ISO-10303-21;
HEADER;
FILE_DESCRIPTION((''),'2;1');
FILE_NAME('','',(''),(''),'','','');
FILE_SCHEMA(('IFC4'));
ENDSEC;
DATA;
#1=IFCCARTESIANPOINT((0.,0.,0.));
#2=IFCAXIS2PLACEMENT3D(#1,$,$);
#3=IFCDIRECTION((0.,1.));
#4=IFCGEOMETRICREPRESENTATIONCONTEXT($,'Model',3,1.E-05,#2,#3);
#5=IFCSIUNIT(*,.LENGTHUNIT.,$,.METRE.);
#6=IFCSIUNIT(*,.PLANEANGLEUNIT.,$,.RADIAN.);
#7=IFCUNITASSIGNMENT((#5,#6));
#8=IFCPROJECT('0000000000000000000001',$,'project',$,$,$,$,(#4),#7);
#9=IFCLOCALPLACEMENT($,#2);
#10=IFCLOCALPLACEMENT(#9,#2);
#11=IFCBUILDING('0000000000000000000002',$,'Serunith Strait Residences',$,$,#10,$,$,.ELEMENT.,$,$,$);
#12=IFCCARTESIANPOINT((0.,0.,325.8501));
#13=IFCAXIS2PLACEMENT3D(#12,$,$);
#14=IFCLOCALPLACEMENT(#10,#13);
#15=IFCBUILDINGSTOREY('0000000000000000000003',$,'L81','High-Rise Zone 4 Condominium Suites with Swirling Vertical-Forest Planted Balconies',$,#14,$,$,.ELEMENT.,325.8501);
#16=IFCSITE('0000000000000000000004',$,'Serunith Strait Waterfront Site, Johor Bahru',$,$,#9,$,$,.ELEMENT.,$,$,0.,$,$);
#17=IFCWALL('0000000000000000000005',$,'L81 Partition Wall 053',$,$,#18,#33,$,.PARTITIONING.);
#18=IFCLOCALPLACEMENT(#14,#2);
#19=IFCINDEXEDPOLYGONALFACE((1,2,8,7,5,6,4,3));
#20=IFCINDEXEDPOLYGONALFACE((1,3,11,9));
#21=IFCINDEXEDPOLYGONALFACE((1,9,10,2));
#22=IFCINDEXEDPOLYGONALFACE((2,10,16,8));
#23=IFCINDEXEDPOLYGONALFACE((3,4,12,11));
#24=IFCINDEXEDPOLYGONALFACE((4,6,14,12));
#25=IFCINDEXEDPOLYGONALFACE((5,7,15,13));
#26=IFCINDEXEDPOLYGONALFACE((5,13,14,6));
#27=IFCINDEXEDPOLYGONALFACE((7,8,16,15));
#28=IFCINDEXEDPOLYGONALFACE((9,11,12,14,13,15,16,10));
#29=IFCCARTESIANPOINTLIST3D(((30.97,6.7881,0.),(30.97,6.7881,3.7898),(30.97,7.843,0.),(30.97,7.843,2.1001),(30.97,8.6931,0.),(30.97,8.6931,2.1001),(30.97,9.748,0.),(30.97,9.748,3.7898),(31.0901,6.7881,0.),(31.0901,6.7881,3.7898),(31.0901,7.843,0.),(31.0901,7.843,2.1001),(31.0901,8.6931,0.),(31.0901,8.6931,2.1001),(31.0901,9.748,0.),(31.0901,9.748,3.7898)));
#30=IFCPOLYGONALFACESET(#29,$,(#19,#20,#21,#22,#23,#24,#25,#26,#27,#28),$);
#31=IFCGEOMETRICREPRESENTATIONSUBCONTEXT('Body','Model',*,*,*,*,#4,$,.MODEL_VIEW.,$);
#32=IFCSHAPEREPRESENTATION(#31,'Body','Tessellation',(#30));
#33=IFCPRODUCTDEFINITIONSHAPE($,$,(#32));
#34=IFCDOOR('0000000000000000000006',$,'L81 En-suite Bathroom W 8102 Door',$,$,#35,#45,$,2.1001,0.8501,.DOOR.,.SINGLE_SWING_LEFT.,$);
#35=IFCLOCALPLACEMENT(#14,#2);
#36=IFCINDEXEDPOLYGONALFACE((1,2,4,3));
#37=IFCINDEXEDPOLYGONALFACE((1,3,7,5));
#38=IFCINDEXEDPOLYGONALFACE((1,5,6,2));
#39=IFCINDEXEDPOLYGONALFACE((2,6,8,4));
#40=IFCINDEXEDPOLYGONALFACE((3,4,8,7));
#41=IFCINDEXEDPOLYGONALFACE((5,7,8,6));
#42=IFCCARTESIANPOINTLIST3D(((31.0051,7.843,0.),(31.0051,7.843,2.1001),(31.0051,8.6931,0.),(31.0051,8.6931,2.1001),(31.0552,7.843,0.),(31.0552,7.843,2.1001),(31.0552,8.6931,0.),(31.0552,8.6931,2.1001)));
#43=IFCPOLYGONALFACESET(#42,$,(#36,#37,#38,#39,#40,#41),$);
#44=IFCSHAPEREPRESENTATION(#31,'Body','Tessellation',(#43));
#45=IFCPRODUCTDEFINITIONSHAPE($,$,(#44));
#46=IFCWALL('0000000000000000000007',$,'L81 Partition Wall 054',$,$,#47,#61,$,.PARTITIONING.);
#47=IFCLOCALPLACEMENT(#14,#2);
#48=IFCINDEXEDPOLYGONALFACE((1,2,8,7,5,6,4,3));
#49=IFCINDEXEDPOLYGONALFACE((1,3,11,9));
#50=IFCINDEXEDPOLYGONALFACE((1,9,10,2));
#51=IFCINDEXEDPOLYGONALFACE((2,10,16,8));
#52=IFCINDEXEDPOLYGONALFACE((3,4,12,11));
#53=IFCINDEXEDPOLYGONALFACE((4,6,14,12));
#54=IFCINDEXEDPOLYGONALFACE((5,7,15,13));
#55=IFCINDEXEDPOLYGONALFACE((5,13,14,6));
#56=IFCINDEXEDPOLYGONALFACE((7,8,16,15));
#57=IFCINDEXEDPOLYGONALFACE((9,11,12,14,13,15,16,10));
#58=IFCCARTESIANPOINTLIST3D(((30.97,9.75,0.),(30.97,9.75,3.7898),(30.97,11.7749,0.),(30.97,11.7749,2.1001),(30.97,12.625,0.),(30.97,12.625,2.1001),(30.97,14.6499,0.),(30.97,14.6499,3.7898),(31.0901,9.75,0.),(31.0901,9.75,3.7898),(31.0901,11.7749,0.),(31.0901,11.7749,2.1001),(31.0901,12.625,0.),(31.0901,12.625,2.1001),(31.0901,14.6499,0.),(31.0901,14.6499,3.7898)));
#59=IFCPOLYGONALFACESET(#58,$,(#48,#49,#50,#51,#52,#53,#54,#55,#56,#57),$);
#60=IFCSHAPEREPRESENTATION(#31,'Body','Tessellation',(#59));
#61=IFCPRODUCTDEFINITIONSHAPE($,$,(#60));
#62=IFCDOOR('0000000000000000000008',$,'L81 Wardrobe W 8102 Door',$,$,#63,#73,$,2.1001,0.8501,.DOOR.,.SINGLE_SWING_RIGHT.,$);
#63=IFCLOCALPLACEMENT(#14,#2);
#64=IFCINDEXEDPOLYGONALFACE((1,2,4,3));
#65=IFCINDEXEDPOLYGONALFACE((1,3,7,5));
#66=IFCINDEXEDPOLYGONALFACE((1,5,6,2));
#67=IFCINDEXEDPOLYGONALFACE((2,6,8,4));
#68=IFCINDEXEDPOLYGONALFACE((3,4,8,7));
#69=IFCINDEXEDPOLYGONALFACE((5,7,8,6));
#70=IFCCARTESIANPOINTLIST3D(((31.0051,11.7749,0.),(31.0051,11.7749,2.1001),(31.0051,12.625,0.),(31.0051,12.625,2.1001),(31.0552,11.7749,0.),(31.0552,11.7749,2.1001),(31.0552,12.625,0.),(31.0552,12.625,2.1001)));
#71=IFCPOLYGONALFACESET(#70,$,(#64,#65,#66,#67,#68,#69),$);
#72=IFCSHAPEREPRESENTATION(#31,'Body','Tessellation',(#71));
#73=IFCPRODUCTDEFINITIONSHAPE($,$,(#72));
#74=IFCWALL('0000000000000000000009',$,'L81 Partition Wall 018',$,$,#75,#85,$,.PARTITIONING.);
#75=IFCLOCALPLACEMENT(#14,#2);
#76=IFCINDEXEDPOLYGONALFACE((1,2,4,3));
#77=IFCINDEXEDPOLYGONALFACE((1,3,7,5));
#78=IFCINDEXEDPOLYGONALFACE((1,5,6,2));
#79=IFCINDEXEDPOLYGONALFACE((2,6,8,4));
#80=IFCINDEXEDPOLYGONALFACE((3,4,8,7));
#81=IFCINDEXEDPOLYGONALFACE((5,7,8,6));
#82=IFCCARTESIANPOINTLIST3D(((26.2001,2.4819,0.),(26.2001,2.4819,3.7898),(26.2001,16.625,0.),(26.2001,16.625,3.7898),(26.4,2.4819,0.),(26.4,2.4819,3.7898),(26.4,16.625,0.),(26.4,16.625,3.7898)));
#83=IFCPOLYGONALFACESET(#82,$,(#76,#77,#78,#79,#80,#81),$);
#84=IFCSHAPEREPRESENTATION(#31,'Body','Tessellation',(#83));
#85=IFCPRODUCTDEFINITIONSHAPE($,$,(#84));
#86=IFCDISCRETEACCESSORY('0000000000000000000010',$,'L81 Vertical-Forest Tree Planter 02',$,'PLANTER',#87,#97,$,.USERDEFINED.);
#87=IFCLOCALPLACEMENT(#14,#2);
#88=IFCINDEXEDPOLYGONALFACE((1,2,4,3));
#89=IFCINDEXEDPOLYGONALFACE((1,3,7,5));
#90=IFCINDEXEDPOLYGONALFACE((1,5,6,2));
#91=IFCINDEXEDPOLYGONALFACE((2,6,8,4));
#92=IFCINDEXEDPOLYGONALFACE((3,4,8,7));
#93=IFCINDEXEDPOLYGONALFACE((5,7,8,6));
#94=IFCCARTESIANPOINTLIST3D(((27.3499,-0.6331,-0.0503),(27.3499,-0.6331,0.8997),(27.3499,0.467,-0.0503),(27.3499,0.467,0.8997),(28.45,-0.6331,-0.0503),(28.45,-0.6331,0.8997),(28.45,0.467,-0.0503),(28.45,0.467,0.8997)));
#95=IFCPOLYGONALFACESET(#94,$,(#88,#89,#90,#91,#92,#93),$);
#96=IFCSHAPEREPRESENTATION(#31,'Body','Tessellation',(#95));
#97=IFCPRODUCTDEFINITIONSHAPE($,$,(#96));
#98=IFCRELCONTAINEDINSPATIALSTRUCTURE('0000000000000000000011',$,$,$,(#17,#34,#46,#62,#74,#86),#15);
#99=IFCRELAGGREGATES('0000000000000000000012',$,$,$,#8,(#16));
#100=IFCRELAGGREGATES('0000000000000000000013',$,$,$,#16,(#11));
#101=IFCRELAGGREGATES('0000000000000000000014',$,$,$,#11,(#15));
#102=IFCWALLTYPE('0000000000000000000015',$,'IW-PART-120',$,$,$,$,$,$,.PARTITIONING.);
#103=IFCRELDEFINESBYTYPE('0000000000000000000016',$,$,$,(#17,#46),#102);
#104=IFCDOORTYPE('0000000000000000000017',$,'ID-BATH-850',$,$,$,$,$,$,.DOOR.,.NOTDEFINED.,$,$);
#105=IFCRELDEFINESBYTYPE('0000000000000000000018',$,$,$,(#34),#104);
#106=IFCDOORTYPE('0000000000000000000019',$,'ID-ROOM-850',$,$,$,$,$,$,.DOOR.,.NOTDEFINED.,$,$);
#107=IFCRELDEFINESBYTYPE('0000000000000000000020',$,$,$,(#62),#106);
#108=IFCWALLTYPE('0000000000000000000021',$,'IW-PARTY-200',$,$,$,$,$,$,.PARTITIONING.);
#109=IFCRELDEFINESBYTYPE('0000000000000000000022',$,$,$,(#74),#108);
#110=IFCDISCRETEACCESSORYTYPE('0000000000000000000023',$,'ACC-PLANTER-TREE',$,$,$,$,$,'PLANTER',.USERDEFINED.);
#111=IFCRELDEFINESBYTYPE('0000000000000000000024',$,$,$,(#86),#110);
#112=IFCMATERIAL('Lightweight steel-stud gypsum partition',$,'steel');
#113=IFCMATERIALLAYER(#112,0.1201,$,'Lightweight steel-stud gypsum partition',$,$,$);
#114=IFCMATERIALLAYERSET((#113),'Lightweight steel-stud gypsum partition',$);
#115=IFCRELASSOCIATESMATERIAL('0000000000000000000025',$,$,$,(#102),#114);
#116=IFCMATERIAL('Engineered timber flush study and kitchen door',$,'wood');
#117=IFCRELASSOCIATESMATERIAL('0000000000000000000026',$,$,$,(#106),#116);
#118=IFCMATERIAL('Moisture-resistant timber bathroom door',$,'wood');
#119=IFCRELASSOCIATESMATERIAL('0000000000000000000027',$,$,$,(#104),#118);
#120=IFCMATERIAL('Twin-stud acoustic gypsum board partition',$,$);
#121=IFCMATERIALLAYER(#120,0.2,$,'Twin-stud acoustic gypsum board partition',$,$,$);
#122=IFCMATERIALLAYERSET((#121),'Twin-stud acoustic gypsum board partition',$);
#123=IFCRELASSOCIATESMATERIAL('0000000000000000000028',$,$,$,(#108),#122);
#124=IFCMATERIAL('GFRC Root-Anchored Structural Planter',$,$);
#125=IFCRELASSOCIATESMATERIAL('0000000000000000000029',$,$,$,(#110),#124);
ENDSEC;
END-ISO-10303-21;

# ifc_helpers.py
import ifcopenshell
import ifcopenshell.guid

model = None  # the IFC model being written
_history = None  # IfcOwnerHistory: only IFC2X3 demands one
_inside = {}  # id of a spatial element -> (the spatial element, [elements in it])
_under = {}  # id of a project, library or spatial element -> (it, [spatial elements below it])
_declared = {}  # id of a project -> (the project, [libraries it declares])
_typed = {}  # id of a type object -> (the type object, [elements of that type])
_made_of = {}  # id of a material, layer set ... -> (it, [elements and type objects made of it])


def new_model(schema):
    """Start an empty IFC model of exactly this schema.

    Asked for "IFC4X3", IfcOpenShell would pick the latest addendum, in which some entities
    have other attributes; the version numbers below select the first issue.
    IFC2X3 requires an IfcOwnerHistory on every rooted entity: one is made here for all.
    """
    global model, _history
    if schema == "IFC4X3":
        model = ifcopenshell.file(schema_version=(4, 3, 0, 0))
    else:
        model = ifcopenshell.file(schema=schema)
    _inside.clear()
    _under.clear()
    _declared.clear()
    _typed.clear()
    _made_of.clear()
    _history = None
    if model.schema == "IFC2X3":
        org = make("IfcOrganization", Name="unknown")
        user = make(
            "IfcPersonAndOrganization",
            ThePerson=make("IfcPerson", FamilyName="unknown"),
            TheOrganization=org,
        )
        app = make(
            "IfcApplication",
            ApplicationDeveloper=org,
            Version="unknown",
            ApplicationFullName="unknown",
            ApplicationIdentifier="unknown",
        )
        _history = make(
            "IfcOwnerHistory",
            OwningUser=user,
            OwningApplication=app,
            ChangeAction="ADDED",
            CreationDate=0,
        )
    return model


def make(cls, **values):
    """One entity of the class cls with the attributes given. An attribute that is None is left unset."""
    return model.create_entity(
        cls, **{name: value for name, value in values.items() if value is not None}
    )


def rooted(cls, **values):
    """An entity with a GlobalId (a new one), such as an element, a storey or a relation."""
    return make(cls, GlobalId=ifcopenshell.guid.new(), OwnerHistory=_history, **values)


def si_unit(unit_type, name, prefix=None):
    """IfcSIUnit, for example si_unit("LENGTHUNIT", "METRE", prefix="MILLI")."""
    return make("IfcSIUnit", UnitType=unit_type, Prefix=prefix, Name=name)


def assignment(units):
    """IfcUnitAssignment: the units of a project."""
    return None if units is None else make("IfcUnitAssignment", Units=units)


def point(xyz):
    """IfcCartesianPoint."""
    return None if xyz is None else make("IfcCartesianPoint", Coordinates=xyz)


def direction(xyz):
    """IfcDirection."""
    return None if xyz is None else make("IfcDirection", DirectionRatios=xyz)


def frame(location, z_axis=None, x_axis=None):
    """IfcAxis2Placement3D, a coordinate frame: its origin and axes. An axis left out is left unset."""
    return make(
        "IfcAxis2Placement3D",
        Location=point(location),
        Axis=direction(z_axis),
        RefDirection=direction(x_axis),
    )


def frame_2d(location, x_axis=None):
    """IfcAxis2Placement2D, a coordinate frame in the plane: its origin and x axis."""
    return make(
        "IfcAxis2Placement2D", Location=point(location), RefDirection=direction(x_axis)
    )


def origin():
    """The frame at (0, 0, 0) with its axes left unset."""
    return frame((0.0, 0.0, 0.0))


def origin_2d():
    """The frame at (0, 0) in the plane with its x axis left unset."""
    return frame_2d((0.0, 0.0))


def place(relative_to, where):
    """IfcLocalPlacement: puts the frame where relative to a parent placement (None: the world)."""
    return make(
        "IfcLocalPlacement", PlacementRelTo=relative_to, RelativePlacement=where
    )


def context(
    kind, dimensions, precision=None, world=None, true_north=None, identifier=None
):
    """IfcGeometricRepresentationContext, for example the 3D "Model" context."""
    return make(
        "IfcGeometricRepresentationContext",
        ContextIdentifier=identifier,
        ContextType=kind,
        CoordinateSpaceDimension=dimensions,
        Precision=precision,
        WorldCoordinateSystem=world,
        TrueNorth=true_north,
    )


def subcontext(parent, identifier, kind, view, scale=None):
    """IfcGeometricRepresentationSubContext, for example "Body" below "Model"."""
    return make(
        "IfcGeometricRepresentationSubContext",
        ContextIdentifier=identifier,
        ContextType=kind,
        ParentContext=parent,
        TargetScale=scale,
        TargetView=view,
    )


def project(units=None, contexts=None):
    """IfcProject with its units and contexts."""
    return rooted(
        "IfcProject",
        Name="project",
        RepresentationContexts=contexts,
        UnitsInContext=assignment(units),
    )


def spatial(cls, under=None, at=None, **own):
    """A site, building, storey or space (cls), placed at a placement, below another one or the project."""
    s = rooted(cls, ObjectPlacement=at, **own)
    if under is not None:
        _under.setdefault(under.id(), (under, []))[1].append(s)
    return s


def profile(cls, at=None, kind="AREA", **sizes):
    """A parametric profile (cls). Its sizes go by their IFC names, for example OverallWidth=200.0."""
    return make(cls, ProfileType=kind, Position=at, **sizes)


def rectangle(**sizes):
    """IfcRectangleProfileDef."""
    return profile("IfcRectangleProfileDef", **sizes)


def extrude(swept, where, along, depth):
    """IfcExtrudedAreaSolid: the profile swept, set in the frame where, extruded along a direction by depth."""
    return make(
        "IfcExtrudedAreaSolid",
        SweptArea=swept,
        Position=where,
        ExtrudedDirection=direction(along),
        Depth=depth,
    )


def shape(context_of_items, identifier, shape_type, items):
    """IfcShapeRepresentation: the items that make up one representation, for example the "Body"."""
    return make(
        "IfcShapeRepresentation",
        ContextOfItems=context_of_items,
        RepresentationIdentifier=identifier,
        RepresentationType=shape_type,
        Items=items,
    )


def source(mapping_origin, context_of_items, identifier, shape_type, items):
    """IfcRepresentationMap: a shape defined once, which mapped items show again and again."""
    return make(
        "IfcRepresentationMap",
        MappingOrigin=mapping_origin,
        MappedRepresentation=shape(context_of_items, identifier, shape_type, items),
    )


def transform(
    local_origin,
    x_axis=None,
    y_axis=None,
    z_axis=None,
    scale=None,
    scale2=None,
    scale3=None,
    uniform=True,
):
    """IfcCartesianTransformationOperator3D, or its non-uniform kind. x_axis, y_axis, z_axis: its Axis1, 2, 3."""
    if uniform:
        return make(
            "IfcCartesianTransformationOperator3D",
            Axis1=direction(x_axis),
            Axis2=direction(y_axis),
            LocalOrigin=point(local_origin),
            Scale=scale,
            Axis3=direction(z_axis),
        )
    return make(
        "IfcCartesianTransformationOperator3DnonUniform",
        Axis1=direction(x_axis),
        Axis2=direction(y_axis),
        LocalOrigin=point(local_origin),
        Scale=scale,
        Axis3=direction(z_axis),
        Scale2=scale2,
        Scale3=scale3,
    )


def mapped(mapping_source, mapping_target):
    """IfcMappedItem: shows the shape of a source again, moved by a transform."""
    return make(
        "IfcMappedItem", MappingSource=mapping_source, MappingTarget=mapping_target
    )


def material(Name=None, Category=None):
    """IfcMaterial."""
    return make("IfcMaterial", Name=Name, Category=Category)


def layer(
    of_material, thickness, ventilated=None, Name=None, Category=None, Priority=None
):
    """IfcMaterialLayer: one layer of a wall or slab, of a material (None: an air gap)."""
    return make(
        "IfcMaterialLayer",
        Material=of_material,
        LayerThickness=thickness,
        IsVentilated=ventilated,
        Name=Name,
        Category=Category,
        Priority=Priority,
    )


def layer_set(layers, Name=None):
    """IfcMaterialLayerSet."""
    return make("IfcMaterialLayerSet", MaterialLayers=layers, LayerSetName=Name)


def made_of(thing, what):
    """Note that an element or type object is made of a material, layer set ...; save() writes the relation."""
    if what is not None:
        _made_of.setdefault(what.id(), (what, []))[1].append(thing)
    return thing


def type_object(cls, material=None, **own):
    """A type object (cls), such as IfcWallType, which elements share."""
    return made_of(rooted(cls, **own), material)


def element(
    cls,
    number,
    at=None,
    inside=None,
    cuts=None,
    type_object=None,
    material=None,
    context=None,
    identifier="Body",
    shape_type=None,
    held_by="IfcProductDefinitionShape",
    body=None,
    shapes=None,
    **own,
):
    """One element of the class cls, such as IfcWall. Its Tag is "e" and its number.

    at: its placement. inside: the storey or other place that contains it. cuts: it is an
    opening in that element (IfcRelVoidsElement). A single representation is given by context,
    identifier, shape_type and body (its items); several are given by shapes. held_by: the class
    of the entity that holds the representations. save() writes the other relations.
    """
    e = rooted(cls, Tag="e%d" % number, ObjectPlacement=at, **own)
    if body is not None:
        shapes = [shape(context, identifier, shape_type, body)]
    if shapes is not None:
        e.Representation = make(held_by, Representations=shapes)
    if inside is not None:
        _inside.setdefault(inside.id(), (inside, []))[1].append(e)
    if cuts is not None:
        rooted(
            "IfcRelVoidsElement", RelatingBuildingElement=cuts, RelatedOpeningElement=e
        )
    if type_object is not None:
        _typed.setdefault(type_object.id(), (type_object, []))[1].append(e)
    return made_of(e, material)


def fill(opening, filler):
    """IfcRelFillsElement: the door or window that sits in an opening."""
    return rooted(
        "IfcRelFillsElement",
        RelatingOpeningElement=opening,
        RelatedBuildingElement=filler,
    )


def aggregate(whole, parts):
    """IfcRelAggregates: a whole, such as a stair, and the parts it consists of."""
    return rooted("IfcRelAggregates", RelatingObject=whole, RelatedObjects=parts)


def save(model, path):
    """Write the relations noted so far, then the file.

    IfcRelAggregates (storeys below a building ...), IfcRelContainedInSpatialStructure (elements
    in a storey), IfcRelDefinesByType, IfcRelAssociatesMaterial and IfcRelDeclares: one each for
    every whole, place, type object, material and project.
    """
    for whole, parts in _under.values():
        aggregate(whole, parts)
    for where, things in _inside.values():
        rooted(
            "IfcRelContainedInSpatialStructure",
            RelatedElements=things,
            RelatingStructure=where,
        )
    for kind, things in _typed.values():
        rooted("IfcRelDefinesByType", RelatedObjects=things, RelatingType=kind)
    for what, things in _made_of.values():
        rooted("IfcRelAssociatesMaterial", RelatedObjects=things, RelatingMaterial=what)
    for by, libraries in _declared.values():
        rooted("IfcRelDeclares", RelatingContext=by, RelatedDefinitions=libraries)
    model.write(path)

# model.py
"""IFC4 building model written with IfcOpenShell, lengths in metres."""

from ifc_helpers import new_model, si_unit, direction, frame, frame_2d, origin, origin_2d, place, context, subcontext, project, spatial, rectangle, extrude, source, transform, mapped, material, layer, layer_set, type_object, element, fill, save


model = new_model("IFC4")

# Units and contexts
model_context = context("Model", 3, precision=1e-05, world=origin(), true_north=direction((0.0, 1.0)))
body_context = subcontext(model_context, "Body", "Model", "MODEL_VIEW")
ifc_project = project(units=[si_unit("LENGTHUNIT", "METRE"), si_unit("PLANEANGLEUNIT", "RADIAN")], contexts=[model_context])

# Site, building, storey
site_placement = place(None, origin())
site = spatial("IfcSite", under=ifc_project, at=site_placement, Name="Serunith Strait Waterfront Site, Johor Bahru", CompositionType="ELEMENT", RefElevation=0.0)
building_placement = place(site_placement, origin())
building = spatial("IfcBuilding", under=site, at=building_placement, Name="Serunith Strait Residences", CompositionType="ELEMENT")
storey_placement = place(building_placement, frame((0.0, 0.0, 325.8501)))
storey = spatial("IfcBuildingStorey", under=building, at=storey_placement, Name="L81", Description="High-Rise Zone 4 Condominium Suites with Swirling Vertical-Forest Planted Balconies", CompositionType="ELEMENT", Elevation=325.8501)

# Shared definitions
ifc_material_1 = material(Name="Lightweight steel-stud gypsum partition", Category="steel")
ifc_layer_1 = layer(ifc_material_1, 0.1201, Name="Lightweight steel-stud gypsum partition")
ifc_layer_set_1 = layer_set([ifc_layer_1], Name="Lightweight steel-stud gypsum partition")
wall_type_1 = type_object("IfcWallType", Name="IW-PART-120", PredefinedType="PARTITIONING", material=ifc_layer_set_1)
ifc_material_2 = material(Name="Engineered timber flush study and kitchen door", Category="wood")
door_type_1 = type_object("IfcDoorType", Name="ID-ROOM-850", OperationType="NOTDEFINED", PredefinedType="DOOR", material=ifc_material_2)
shared_shape_1 = source(origin(), body_context, "Body", "SweptSolid", [
    extrude(rectangle(XDim=0.8501, YDim=2.1001, at=frame_2d((0.425, 1.05))), frame((0.0, 0.0249, 0.0), z_axis=(0.0, -1.0, 0.0), x_axis=(1.0, 0.0, 0.0)), (0.0, 0.0, 1.0), 0.05),
])

# Walls, openings, doors
wall_1_placement = place(storey_placement, frame((31.03, 6.7881, 0.0), z_axis=(0.0, 0.0, 1.0), x_axis=(0.0, 1.0, 0.0)))
wall_1 = element("IfcWall", 1, at=wall_1_placement, inside=storey, type_object=wall_type_1, Name="L81 Partition Wall 053", PredefinedType="PARTITIONING", context=body_context, shape_type="SweptSolid", body=[
    extrude(rectangle(XDim=2.96, YDim=0.1201, at=frame_2d((1.48, 0.0))), origin(), (0.0, 0.0, 1.0), 3.7898),
])
opening_1_placement = place(wall_1_placement, frame((1.0549, 0.0, 0.0)))
opening_1 = element("IfcOpeningElement", 2, at=opening_1_placement, cuts=wall_1, PredefinedType="OPENING", context=body_context, shape_type="SweptSolid", body=[
    extrude(rectangle(XDim=0.8501, YDim=2.1001, at=frame_2d((0.425, 1.05))), frame((0.0, 0.0701, 0.0), z_axis=(0.0, -1.0, 0.0), x_axis=(1.0, 0.0, 0.0)), (0.0, 0.0, 1.0), 0.1401),
])
ifc_material_3 = material(Name="Moisture-resistant timber bathroom door", Category="wood")
door_type_2 = type_object("IfcDoorType", Name="ID-BATH-850", OperationType="NOTDEFINED", PredefinedType="DOOR", material=ifc_material_3)
door_1_placement = place(opening_1_placement, origin())
door_1 = element("IfcDoor", 3, at=door_1_placement, inside=storey, type_object=door_type_2, Name="L81 En-suite Bathroom W 8102 Door", OperationType="SINGLE_SWING_LEFT", OverallHeight=2.1001, OverallWidth=0.8501, PredefinedType="DOOR", context=body_context, shape_type="MappedRepresentation", body=[
    mapped(shared_shape_1, transform((0.0, 0.0, 0.0), scale=1.0)),
])
fill(opening_1, door_1)
wall_2_placement = place(storey_placement, frame((31.03, 9.75, 0.0), z_axis=(0.0, 0.0, 1.0), x_axis=(0.0, 1.0, 0.0)))
wall_2 = element("IfcWall", 4, at=wall_2_placement, inside=storey, type_object=wall_type_1, Name="L81 Partition Wall 054", PredefinedType="PARTITIONING", context=body_context, shape_type="SweptSolid", body=[
    extrude(rectangle(XDim=4.8999, YDim=0.1201, at=frame_2d((2.45, 0.0))), origin(), (0.0, 0.0, 1.0), 3.7898),
])
opening_2_placement = place(wall_2_placement, frame((2.0249, 0.0, 0.0)))
opening_2 = element("IfcOpeningElement", 5, at=opening_2_placement, cuts=wall_2, PredefinedType="OPENING", context=body_context, shape_type="SweptSolid", body=[
    extrude(rectangle(XDim=0.8501, YDim=2.1001, at=frame_2d((0.425, 1.05))), frame((0.0, 0.0701, 0.0), z_axis=(0.0, -1.0, 0.0), x_axis=(1.0, 0.0, 0.0)), (0.0, 0.0, 1.0), 0.1401),
])
door_2_placement = place(opening_2_placement, origin())
door_2 = element("IfcDoor", 6, at=door_2_placement, inside=storey, type_object=door_type_1, Name="L81 Wardrobe W 8102 Door", OperationType="SINGLE_SWING_RIGHT", OverallHeight=2.1001, OverallWidth=0.8501, PredefinedType="DOOR", context=body_context, shape_type="MappedRepresentation", body=[
    mapped(shared_shape_1, transform((0.0, 0.0, 0.0), scale=1.0)),
])
fill(opening_2, door_2)

# Wall
ifc_material_4 = material(Name="Twin-stud acoustic gypsum board partition")
ifc_layer_2 = layer(ifc_material_4, 0.2, Name="Twin-stud acoustic gypsum board partition")
ifc_layer_set_2 = layer_set([ifc_layer_2], Name="Twin-stud acoustic gypsum board partition")
wall_type_2 = type_object("IfcWallType", Name="IW-PARTY-200", PredefinedType="PARTITIONING", material=ifc_layer_set_2)
wall_3_placement = place(storey_placement, frame((26.3, 2.4819, 0.0), z_axis=(0.0, 0.0, 1.0), x_axis=(0.0, 1.0, 0.0)))
element("IfcWall", 7, at=wall_3_placement, inside=storey, type_object=wall_type_2, Name="L81 Partition Wall 018", PredefinedType="PARTITIONING", context=body_context, shape_type="SweptSolid", body=[
    extrude(rectangle(XDim=14.1431, YDim=0.2, at=frame_2d((7.0715, 0.0))), origin(), (0.0, 0.0, 1.0), 3.7898),
])

# Discrete accessory
ifc_material_5 = material(Name="GFRC Root-Anchored Structural Planter")
discrete_accessory_type = type_object("IfcDiscreteAccessoryType", Name="ACC-PLANTER-TREE", ElementType="PLANTER", PredefinedType="USERDEFINED", material=ifc_material_5)
shared_shape_2 = source(origin(), body_context, "Body", "SweptSolid", [
    extrude(rectangle(XDim=1.1001, YDim=1.1001, at=origin_2d()), origin(), (0.0, 0.0, 1.0), 0.95),
])
discrete_accessory_placement = place(storey_placement, frame((27.8999, -0.083, -0.0503), z_axis=(0.0, 0.0, 1.0), x_axis=(1.0, 0.0, 0.0)))
element("IfcDiscreteAccessory", 8, at=discrete_accessory_placement, inside=storey, type_object=discrete_accessory_type, Name="L81 Vertical-Forest Tree Planter 02", ObjectType="PLANTER", PredefinedType="USERDEFINED", context=body_context, shape_type="MappedRepresentation", body=[
    mapped(shared_shape_2, transform((0.0, 0.0, 0.0), scale=1.0)),
])

save(model, "model.ifc")
